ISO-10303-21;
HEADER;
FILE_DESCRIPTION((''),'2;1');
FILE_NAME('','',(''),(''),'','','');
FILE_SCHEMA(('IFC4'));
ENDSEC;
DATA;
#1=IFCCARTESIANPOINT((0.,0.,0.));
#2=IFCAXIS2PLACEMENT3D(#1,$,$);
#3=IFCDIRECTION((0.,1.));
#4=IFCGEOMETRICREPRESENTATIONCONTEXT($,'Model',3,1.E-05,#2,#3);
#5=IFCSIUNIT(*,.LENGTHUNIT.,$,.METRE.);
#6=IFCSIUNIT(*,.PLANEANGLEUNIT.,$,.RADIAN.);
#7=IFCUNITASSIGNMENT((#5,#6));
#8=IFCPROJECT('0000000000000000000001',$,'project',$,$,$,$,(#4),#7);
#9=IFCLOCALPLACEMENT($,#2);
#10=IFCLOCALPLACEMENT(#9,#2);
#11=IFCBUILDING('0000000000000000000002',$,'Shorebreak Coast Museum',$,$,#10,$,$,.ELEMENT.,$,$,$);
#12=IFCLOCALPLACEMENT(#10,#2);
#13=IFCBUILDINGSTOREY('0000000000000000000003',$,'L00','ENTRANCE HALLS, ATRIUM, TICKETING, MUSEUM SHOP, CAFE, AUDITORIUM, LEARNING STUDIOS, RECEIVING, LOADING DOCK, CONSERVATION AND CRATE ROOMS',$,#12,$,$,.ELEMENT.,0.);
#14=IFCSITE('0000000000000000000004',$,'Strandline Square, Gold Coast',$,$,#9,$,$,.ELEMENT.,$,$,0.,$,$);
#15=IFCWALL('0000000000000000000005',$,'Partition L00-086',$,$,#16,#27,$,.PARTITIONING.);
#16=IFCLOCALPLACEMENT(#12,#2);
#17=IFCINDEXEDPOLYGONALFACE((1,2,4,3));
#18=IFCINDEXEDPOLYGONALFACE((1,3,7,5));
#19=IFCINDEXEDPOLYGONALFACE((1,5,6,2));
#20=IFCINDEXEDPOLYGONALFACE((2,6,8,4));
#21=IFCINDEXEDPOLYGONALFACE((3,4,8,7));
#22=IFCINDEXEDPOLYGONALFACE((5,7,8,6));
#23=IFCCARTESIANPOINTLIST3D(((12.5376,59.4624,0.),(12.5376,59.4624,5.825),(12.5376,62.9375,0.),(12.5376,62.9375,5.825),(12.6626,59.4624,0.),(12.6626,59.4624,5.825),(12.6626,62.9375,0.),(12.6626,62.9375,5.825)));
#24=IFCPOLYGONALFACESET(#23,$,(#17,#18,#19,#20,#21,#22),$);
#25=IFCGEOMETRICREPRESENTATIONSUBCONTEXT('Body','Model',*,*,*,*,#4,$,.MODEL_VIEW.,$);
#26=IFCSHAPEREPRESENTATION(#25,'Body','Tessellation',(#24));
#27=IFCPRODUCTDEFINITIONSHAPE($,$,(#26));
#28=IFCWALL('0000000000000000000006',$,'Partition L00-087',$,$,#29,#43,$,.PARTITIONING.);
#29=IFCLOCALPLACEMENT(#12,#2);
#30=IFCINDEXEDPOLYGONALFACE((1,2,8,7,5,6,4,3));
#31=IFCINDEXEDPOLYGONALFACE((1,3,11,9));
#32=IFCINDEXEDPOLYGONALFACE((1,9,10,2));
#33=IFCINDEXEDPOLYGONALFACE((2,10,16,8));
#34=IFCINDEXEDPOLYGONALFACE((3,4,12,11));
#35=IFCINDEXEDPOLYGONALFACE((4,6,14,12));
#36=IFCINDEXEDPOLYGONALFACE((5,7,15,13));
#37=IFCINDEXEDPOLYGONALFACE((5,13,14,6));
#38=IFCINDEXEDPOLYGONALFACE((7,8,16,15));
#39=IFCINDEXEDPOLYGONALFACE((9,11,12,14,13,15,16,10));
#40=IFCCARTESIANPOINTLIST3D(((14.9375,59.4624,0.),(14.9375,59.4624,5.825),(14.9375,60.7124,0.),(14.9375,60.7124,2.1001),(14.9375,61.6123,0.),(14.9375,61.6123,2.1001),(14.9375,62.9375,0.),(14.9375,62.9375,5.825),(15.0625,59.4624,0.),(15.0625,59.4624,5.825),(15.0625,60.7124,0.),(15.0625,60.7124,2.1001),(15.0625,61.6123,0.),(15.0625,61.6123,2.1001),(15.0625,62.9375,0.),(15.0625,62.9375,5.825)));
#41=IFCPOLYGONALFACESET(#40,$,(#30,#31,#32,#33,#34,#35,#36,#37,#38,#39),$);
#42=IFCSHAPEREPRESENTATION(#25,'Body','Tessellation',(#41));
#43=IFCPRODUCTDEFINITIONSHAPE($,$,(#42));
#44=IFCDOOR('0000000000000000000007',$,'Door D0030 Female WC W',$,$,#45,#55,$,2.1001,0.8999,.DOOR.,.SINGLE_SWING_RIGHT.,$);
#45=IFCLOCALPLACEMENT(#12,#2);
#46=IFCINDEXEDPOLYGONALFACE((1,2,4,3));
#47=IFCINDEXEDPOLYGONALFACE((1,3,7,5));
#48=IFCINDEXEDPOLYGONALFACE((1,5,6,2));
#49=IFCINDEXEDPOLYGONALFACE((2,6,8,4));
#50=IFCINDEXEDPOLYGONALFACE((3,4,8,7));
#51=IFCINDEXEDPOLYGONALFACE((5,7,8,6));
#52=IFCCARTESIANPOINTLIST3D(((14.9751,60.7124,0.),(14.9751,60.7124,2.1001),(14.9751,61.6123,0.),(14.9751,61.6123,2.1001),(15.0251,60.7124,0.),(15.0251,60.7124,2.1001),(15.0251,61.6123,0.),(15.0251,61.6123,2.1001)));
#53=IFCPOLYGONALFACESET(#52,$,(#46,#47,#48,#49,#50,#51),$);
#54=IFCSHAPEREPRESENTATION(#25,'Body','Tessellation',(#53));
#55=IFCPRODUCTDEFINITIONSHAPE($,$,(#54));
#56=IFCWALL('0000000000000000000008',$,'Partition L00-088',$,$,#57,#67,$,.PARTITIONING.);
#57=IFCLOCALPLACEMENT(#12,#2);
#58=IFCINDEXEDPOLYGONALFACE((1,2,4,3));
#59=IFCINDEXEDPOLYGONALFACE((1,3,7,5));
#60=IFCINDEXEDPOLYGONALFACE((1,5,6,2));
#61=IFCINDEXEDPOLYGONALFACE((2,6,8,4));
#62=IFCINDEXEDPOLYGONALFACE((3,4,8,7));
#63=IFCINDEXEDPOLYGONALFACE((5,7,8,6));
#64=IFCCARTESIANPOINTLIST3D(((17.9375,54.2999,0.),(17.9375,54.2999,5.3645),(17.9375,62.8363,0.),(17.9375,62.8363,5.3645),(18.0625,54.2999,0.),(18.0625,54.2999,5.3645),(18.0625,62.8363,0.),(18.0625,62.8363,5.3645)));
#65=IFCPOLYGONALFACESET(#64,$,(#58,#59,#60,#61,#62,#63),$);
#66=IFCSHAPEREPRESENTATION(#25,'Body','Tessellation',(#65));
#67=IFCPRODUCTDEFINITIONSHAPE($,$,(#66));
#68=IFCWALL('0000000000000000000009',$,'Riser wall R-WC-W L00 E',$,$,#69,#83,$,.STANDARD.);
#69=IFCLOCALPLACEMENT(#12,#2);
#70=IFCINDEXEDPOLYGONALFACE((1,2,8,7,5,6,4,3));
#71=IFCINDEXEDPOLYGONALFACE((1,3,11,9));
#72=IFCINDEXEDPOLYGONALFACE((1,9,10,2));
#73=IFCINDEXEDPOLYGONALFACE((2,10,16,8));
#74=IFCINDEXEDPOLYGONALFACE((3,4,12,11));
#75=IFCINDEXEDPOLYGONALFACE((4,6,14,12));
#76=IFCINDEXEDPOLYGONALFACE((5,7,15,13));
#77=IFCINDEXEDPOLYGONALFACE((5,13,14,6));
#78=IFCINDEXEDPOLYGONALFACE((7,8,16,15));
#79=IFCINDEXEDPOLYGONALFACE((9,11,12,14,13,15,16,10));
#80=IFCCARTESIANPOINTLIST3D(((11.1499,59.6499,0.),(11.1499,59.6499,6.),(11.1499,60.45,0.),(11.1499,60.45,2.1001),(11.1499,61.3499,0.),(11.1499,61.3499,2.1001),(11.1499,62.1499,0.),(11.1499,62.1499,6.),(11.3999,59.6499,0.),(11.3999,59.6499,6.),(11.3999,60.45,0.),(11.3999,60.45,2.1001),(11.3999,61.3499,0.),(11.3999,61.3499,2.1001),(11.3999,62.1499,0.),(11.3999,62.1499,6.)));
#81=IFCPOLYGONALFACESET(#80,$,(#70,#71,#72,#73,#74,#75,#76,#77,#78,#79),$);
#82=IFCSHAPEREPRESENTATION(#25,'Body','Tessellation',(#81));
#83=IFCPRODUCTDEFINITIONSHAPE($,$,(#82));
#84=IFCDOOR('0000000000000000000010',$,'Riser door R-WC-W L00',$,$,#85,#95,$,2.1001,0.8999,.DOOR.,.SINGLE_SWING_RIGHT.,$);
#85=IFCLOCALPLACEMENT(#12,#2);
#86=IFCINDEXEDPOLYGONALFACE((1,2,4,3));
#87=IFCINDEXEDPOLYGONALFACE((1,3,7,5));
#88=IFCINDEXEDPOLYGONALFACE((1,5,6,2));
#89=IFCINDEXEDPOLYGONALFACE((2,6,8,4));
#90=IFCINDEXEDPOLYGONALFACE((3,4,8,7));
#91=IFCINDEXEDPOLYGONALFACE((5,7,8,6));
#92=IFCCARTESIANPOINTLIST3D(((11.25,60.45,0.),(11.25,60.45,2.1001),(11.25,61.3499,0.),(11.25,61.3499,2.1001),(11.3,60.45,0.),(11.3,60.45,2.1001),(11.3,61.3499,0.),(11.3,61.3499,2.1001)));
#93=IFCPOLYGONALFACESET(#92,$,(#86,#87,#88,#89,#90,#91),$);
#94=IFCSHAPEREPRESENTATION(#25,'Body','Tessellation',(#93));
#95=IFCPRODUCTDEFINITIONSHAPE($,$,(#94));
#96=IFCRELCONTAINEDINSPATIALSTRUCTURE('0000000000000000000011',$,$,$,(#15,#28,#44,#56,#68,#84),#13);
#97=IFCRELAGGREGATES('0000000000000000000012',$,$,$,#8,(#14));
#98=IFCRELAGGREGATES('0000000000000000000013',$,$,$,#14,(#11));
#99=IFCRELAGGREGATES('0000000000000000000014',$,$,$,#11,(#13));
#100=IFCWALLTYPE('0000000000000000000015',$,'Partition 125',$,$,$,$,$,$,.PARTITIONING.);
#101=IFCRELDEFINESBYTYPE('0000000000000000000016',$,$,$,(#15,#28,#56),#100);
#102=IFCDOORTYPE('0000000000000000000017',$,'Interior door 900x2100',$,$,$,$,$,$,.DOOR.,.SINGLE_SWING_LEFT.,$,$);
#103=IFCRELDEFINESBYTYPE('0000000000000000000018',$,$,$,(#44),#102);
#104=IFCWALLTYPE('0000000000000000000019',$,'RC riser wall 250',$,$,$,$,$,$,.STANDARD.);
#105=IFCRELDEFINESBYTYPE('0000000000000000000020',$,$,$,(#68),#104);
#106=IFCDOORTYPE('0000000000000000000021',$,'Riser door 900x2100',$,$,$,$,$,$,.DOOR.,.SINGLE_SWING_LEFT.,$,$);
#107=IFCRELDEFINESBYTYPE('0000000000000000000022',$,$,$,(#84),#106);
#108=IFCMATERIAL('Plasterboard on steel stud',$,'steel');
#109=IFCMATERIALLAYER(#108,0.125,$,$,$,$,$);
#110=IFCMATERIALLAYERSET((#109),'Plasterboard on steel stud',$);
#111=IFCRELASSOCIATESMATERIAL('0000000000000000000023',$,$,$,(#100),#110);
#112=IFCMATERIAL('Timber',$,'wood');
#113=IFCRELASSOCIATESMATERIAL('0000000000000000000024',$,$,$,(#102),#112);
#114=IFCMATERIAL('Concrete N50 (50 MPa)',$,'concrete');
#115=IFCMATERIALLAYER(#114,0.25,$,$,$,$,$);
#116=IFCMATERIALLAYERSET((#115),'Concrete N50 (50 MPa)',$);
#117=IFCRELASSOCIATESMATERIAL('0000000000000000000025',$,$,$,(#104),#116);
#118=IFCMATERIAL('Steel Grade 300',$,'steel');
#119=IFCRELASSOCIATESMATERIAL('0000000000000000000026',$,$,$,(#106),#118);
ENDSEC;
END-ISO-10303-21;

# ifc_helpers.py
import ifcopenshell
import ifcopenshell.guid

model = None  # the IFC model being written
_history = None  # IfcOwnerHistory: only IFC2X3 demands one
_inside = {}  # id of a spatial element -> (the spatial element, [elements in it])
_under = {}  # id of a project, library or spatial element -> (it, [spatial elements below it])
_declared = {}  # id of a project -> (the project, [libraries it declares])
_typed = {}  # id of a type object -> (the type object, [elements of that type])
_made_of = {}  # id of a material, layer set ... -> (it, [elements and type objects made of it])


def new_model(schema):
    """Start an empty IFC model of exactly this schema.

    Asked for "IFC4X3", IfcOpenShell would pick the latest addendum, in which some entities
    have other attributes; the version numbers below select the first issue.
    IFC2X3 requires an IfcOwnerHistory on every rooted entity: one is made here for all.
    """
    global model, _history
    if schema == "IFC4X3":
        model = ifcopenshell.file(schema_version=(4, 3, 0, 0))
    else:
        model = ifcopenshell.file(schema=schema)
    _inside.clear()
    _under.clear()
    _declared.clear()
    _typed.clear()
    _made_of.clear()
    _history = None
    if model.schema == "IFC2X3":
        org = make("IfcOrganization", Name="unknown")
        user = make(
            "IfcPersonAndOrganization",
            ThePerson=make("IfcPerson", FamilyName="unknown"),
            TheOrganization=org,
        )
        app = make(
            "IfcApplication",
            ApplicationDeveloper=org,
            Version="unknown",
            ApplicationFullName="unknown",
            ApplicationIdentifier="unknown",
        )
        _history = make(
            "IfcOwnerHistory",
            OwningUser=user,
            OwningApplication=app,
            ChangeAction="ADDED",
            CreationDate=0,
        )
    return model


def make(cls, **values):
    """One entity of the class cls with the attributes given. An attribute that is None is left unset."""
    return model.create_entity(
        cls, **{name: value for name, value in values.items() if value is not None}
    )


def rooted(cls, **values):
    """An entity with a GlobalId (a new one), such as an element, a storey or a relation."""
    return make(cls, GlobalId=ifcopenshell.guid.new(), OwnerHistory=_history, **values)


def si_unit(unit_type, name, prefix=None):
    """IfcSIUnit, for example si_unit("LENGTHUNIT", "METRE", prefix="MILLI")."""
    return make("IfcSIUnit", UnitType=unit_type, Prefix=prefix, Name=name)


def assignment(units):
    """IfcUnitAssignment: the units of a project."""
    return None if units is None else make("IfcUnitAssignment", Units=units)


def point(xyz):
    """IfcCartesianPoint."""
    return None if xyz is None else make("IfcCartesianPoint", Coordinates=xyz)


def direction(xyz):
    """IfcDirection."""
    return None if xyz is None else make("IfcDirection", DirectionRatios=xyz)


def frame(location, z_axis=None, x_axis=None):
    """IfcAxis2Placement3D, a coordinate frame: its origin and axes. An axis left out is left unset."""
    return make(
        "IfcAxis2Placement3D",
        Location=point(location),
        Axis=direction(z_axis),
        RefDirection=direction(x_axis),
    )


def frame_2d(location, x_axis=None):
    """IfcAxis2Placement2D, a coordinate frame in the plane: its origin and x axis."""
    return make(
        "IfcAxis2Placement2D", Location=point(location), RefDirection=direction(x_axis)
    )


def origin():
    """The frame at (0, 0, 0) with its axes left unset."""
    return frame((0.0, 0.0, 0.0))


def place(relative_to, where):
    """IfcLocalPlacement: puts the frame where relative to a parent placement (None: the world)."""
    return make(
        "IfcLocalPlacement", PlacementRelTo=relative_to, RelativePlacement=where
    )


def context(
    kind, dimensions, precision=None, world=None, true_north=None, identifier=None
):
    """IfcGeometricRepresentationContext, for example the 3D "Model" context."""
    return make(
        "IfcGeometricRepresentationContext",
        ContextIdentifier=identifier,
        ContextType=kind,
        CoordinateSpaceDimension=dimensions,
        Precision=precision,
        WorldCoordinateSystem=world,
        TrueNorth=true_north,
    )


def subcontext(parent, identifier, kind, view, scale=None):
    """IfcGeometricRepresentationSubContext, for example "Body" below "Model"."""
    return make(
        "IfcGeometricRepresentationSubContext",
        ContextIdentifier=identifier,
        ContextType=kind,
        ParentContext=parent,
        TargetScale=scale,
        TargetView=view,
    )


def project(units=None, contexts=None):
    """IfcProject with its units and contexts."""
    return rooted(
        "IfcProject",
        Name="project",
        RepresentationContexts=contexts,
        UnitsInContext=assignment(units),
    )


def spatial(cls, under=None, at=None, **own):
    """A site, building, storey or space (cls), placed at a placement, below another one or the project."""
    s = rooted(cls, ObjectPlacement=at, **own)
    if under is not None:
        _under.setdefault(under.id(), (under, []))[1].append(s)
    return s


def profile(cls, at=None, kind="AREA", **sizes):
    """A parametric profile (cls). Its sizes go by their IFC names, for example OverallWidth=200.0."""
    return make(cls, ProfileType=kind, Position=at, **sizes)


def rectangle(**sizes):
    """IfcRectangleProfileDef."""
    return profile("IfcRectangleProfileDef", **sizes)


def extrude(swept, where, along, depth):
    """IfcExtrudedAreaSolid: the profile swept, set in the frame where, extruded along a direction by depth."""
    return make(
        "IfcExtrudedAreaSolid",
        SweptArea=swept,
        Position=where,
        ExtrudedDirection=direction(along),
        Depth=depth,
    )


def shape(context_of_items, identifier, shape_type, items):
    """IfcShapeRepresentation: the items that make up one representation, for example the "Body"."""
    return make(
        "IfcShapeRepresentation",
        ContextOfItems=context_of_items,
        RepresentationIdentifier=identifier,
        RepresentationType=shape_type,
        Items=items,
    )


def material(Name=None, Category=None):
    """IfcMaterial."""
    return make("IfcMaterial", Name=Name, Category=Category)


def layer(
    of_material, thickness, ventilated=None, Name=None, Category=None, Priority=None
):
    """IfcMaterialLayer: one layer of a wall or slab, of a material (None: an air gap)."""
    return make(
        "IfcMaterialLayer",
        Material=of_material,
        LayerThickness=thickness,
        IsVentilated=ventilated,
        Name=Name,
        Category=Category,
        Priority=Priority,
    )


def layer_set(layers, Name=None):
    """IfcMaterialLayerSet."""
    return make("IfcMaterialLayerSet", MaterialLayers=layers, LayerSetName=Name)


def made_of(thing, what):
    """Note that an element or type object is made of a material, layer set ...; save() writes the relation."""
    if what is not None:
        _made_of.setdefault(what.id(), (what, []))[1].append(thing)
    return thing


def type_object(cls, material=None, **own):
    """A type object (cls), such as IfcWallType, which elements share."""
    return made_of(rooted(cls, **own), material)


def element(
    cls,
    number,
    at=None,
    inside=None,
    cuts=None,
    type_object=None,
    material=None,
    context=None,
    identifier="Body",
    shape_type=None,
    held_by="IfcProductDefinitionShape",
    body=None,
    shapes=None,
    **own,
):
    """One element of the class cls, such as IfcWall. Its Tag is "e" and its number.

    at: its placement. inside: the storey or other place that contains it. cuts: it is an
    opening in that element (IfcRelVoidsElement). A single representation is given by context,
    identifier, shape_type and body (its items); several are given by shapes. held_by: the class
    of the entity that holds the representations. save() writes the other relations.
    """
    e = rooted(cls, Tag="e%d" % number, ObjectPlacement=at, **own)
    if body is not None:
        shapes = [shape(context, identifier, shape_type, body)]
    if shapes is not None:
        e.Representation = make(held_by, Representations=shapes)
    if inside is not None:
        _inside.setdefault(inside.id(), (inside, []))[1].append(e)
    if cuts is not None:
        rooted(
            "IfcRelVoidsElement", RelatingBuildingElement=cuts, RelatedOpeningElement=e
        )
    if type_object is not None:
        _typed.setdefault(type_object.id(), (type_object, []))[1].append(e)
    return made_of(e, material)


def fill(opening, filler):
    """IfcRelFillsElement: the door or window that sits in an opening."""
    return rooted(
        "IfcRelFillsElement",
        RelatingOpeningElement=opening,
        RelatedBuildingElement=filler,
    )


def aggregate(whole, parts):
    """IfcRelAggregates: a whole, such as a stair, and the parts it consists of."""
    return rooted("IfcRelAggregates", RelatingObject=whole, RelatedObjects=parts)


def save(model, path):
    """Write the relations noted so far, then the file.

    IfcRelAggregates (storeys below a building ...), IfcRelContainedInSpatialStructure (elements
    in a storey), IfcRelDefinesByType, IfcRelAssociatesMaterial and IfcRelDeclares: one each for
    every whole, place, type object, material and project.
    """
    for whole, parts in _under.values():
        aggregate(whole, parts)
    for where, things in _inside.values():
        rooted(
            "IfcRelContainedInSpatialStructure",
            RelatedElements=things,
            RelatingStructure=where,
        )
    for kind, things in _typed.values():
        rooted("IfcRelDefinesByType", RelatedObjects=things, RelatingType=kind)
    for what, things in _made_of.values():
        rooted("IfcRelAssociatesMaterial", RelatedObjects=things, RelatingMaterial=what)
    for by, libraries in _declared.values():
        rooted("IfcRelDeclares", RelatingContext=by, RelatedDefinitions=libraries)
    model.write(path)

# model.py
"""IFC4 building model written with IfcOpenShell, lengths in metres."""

from ifc_helpers import new_model, si_unit, direction, frame, frame_2d, origin, place, context, subcontext, project, spatial, rectangle, extrude, material, layer, layer_set, type_object, element, fill, save


model = new_model("IFC4")

# Units and contexts
model_context = context("Model", 3, precision=1e-05, world=origin(), true_north=direction((0.0, 1.0)))
body_context = subcontext(model_context, "Body", "Model", "MODEL_VIEW")
ifc_project = project(units=[si_unit("LENGTHUNIT", "METRE"), si_unit("PLANEANGLEUNIT", "RADIAN")], contexts=[model_context])

# Site, building, storey
site_placement = place(None, origin())
site = spatial("IfcSite", under=ifc_project, at=site_placement, Name="Strandline Square, Gold Coast", CompositionType="ELEMENT", RefElevation=0.0)
building_placement = place(site_placement, origin())
building = spatial("IfcBuilding", under=site, at=building_placement, Name="Shorebreak Coast Museum", CompositionType="ELEMENT")
storey_placement = place(building_placement, origin())
storey = spatial("IfcBuildingStorey", under=building, at=storey_placement, Name="L00", Description="ENTRANCE HALLS, ATRIUM, TICKETING, MUSEUM SHOP, CAFE, AUDITORIUM, LEARNING STUDIOS, RECEIVING, LOADING DOCK, CONSERVATION AND CRATE ROOMS", CompositionType="ELEMENT", Elevation=0.0)

# Wall
ifc_material_1 = material(Name="Plasterboard on steel stud", Category="steel")
ifc_layer_1 = layer(ifc_material_1, 0.125)
ifc_layer_set_1 = layer_set([ifc_layer_1], Name="Plasterboard on steel stud")
wall_type_1 = type_object("IfcWallType", Name="Partition 125", PredefinedType="PARTITIONING", material=ifc_layer_set_1)
wall_1_placement = place(storey_placement, frame((12.6001, 59.4624, 0.0), z_axis=(0.0, 0.0, 1.0), x_axis=(0.0, 1.0, 0.0)))
element("IfcWall", 1, at=wall_1_placement, inside=storey, type_object=wall_type_1, Name="Partition L00-086", PredefinedType="PARTITIONING", context=body_context, shape_type="SweptSolid", body=[
    extrude(rectangle(XDim=3.4751, YDim=0.125, at=frame_2d((1.7375, 0.0))), origin(), (0.0, 0.0, 1.0), 5.825),
])

# Wall, opening, door
wall_2_placement = place(storey_placement, frame((15.0, 59.4624, 0.0), z_axis=(0.0, 0.0, 1.0), x_axis=(0.0, 1.0, 0.0)))
wall_2 = element("IfcWall", 2, at=wall_2_placement, inside=storey, type_object=wall_type_1, Name="Partition L00-087", PredefinedType="PARTITIONING", context=body_context, shape_type="SweptSolid", body=[
    extrude(rectangle(XDim=3.4751, YDim=0.125, at=frame_2d((1.7375, 0.0))), origin(), (0.0, 0.0, 1.0), 5.825),
])
opening_1_placement = place(wall_2_placement, frame((1.25, 0.0, 0.0)))
opening_1 = element("IfcOpeningElement", 3, at=opening_1_placement, cuts=wall_2, PredefinedType="OPENING", context=body_context, shape_type="SweptSolid", body=[
    extrude(rectangle(XDim=0.8999, YDim=2.1001, at=frame_2d((0.45, 1.05))), frame((0.0, 0.0725, 0.0), z_axis=(0.0, -1.0, 0.0), x_axis=(1.0, 0.0, 0.0)), (0.0, 0.0, 1.0), 0.145),
])
ifc_material_2 = material(Name="Timber", Category="wood")
door_type_1 = type_object("IfcDoorType", Name="Interior door 900x2100", OperationType="SINGLE_SWING_LEFT", PredefinedType="DOOR", material=ifc_material_2)
door_1_placement = place(opening_1_placement, origin())
door_1 = element("IfcDoor", 4, at=door_1_placement, inside=storey, type_object=door_type_1, Name="Door D0030 Female WC W", OperationType="SINGLE_SWING_RIGHT", OverallHeight=2.1001, OverallWidth=0.8999, PredefinedType="DOOR", context=body_context, shape_type="SweptSolid", body=[
    extrude(rectangle(XDim=0.8999, YDim=2.1001, at=frame_2d((0.45, 1.05))), frame((0.0, 0.0249, 0.0), z_axis=(0.0, -1.0, 0.0), x_axis=(1.0, 0.0, 0.0)), (0.0, 0.0, 1.0), 0.05),
])
fill(opening_1, door_1)

# Wall
wall_3_placement = place(storey_placement, frame((18.0, 54.3, 0.0), z_axis=(0.0, 0.0, 1.0), x_axis=(0.0, 1.0, 0.0)))
element("IfcWall", 5, at=wall_3_placement, inside=storey, type_object=wall_type_1, Name="Partition L00-088", PredefinedType="PARTITIONING", context=body_context, shape_type="SweptSolid", body=[
    extrude(rectangle(XDim=8.5364, YDim=0.125, at=frame_2d((4.2681, 0.0))), origin(), (0.0, 0.0, 1.0), 5.3645),
])

# Wall, opening, door
ifc_material_3 = material(Name="Concrete N50 (50 MPa)", Category="concrete")
ifc_layer_2 = layer(ifc_material_3, 0.25)
ifc_layer_set_2 = layer_set([ifc_layer_2], Name="Concrete N50 (50 MPa)")
wall_type_2 = type_object("IfcWallType", Name="RC riser wall 250", PredefinedType="STANDARD", material=ifc_layer_set_2)
wall_4_placement = place(storey_placement, frame((11.2749, 59.6499, 0.0), z_axis=(0.0, 0.0, 1.0), x_axis=(0.0, 1.0, 0.0)))
wall_4 = element("IfcWall", 6, at=wall_4_placement, inside=storey, type_object=wall_type_2, Name="Riser wall R-WC-W L00 E", PredefinedType="STANDARD", context=body_context, shape_type="SweptSolid", body=[
    extrude(rectangle(XDim=2.5, YDim=0.25, at=frame_2d((1.25, 0.0))), origin(), (0.0, 0.0, 1.0), 6.0),
])
opening_2_placement = place(wall_4_placement, frame((0.8, 0.0, 0.0)))
opening_2 = element("IfcOpeningElement", 7, at=opening_2_placement, cuts=wall_4, PredefinedType="OPENING", context=body_context, shape_type="SweptSolid", body=[
    extrude(rectangle(XDim=0.8999, YDim=2.1001, at=frame_2d((0.45, 1.05))), frame((0.0, 0.135, 0.0), z_axis=(0.0, -1.0, 0.0), x_axis=(1.0, 0.0, 0.0)), (0.0, 0.0, 1.0), 0.27),
])
ifc_material_4 = material(Name="Steel Grade 300", Category="steel")
door_type_2 = type_object("IfcDoorType", Name="Riser door 900x2100", OperationType="SINGLE_SWING_LEFT", PredefinedType="DOOR", material=ifc_material_4)
door_2_placement = place(opening_2_placement, origin())
door_2 = element("IfcDoor", 8, at=door_2_placement, inside=storey, type_object=door_type_2, Name="Riser door R-WC-W L00", OperationType="SINGLE_SWING_RIGHT", OverallHeight=2.1001, OverallWidth=0.8999, PredefinedType="DOOR", context=body_context, shape_type="SweptSolid", body=[
    extrude(rectangle(XDim=0.8999, YDim=2.1001, at=frame_2d((0.45, 1.05))), frame((0.0, 0.0249, 0.0), z_axis=(0.0, -1.0, 0.0), x_axis=(1.0, 0.0, 0.0)), (0.0, 0.0, 1.0), 0.05),
])
fill(opening_2, door_2)

save(model, "model.ifc")
